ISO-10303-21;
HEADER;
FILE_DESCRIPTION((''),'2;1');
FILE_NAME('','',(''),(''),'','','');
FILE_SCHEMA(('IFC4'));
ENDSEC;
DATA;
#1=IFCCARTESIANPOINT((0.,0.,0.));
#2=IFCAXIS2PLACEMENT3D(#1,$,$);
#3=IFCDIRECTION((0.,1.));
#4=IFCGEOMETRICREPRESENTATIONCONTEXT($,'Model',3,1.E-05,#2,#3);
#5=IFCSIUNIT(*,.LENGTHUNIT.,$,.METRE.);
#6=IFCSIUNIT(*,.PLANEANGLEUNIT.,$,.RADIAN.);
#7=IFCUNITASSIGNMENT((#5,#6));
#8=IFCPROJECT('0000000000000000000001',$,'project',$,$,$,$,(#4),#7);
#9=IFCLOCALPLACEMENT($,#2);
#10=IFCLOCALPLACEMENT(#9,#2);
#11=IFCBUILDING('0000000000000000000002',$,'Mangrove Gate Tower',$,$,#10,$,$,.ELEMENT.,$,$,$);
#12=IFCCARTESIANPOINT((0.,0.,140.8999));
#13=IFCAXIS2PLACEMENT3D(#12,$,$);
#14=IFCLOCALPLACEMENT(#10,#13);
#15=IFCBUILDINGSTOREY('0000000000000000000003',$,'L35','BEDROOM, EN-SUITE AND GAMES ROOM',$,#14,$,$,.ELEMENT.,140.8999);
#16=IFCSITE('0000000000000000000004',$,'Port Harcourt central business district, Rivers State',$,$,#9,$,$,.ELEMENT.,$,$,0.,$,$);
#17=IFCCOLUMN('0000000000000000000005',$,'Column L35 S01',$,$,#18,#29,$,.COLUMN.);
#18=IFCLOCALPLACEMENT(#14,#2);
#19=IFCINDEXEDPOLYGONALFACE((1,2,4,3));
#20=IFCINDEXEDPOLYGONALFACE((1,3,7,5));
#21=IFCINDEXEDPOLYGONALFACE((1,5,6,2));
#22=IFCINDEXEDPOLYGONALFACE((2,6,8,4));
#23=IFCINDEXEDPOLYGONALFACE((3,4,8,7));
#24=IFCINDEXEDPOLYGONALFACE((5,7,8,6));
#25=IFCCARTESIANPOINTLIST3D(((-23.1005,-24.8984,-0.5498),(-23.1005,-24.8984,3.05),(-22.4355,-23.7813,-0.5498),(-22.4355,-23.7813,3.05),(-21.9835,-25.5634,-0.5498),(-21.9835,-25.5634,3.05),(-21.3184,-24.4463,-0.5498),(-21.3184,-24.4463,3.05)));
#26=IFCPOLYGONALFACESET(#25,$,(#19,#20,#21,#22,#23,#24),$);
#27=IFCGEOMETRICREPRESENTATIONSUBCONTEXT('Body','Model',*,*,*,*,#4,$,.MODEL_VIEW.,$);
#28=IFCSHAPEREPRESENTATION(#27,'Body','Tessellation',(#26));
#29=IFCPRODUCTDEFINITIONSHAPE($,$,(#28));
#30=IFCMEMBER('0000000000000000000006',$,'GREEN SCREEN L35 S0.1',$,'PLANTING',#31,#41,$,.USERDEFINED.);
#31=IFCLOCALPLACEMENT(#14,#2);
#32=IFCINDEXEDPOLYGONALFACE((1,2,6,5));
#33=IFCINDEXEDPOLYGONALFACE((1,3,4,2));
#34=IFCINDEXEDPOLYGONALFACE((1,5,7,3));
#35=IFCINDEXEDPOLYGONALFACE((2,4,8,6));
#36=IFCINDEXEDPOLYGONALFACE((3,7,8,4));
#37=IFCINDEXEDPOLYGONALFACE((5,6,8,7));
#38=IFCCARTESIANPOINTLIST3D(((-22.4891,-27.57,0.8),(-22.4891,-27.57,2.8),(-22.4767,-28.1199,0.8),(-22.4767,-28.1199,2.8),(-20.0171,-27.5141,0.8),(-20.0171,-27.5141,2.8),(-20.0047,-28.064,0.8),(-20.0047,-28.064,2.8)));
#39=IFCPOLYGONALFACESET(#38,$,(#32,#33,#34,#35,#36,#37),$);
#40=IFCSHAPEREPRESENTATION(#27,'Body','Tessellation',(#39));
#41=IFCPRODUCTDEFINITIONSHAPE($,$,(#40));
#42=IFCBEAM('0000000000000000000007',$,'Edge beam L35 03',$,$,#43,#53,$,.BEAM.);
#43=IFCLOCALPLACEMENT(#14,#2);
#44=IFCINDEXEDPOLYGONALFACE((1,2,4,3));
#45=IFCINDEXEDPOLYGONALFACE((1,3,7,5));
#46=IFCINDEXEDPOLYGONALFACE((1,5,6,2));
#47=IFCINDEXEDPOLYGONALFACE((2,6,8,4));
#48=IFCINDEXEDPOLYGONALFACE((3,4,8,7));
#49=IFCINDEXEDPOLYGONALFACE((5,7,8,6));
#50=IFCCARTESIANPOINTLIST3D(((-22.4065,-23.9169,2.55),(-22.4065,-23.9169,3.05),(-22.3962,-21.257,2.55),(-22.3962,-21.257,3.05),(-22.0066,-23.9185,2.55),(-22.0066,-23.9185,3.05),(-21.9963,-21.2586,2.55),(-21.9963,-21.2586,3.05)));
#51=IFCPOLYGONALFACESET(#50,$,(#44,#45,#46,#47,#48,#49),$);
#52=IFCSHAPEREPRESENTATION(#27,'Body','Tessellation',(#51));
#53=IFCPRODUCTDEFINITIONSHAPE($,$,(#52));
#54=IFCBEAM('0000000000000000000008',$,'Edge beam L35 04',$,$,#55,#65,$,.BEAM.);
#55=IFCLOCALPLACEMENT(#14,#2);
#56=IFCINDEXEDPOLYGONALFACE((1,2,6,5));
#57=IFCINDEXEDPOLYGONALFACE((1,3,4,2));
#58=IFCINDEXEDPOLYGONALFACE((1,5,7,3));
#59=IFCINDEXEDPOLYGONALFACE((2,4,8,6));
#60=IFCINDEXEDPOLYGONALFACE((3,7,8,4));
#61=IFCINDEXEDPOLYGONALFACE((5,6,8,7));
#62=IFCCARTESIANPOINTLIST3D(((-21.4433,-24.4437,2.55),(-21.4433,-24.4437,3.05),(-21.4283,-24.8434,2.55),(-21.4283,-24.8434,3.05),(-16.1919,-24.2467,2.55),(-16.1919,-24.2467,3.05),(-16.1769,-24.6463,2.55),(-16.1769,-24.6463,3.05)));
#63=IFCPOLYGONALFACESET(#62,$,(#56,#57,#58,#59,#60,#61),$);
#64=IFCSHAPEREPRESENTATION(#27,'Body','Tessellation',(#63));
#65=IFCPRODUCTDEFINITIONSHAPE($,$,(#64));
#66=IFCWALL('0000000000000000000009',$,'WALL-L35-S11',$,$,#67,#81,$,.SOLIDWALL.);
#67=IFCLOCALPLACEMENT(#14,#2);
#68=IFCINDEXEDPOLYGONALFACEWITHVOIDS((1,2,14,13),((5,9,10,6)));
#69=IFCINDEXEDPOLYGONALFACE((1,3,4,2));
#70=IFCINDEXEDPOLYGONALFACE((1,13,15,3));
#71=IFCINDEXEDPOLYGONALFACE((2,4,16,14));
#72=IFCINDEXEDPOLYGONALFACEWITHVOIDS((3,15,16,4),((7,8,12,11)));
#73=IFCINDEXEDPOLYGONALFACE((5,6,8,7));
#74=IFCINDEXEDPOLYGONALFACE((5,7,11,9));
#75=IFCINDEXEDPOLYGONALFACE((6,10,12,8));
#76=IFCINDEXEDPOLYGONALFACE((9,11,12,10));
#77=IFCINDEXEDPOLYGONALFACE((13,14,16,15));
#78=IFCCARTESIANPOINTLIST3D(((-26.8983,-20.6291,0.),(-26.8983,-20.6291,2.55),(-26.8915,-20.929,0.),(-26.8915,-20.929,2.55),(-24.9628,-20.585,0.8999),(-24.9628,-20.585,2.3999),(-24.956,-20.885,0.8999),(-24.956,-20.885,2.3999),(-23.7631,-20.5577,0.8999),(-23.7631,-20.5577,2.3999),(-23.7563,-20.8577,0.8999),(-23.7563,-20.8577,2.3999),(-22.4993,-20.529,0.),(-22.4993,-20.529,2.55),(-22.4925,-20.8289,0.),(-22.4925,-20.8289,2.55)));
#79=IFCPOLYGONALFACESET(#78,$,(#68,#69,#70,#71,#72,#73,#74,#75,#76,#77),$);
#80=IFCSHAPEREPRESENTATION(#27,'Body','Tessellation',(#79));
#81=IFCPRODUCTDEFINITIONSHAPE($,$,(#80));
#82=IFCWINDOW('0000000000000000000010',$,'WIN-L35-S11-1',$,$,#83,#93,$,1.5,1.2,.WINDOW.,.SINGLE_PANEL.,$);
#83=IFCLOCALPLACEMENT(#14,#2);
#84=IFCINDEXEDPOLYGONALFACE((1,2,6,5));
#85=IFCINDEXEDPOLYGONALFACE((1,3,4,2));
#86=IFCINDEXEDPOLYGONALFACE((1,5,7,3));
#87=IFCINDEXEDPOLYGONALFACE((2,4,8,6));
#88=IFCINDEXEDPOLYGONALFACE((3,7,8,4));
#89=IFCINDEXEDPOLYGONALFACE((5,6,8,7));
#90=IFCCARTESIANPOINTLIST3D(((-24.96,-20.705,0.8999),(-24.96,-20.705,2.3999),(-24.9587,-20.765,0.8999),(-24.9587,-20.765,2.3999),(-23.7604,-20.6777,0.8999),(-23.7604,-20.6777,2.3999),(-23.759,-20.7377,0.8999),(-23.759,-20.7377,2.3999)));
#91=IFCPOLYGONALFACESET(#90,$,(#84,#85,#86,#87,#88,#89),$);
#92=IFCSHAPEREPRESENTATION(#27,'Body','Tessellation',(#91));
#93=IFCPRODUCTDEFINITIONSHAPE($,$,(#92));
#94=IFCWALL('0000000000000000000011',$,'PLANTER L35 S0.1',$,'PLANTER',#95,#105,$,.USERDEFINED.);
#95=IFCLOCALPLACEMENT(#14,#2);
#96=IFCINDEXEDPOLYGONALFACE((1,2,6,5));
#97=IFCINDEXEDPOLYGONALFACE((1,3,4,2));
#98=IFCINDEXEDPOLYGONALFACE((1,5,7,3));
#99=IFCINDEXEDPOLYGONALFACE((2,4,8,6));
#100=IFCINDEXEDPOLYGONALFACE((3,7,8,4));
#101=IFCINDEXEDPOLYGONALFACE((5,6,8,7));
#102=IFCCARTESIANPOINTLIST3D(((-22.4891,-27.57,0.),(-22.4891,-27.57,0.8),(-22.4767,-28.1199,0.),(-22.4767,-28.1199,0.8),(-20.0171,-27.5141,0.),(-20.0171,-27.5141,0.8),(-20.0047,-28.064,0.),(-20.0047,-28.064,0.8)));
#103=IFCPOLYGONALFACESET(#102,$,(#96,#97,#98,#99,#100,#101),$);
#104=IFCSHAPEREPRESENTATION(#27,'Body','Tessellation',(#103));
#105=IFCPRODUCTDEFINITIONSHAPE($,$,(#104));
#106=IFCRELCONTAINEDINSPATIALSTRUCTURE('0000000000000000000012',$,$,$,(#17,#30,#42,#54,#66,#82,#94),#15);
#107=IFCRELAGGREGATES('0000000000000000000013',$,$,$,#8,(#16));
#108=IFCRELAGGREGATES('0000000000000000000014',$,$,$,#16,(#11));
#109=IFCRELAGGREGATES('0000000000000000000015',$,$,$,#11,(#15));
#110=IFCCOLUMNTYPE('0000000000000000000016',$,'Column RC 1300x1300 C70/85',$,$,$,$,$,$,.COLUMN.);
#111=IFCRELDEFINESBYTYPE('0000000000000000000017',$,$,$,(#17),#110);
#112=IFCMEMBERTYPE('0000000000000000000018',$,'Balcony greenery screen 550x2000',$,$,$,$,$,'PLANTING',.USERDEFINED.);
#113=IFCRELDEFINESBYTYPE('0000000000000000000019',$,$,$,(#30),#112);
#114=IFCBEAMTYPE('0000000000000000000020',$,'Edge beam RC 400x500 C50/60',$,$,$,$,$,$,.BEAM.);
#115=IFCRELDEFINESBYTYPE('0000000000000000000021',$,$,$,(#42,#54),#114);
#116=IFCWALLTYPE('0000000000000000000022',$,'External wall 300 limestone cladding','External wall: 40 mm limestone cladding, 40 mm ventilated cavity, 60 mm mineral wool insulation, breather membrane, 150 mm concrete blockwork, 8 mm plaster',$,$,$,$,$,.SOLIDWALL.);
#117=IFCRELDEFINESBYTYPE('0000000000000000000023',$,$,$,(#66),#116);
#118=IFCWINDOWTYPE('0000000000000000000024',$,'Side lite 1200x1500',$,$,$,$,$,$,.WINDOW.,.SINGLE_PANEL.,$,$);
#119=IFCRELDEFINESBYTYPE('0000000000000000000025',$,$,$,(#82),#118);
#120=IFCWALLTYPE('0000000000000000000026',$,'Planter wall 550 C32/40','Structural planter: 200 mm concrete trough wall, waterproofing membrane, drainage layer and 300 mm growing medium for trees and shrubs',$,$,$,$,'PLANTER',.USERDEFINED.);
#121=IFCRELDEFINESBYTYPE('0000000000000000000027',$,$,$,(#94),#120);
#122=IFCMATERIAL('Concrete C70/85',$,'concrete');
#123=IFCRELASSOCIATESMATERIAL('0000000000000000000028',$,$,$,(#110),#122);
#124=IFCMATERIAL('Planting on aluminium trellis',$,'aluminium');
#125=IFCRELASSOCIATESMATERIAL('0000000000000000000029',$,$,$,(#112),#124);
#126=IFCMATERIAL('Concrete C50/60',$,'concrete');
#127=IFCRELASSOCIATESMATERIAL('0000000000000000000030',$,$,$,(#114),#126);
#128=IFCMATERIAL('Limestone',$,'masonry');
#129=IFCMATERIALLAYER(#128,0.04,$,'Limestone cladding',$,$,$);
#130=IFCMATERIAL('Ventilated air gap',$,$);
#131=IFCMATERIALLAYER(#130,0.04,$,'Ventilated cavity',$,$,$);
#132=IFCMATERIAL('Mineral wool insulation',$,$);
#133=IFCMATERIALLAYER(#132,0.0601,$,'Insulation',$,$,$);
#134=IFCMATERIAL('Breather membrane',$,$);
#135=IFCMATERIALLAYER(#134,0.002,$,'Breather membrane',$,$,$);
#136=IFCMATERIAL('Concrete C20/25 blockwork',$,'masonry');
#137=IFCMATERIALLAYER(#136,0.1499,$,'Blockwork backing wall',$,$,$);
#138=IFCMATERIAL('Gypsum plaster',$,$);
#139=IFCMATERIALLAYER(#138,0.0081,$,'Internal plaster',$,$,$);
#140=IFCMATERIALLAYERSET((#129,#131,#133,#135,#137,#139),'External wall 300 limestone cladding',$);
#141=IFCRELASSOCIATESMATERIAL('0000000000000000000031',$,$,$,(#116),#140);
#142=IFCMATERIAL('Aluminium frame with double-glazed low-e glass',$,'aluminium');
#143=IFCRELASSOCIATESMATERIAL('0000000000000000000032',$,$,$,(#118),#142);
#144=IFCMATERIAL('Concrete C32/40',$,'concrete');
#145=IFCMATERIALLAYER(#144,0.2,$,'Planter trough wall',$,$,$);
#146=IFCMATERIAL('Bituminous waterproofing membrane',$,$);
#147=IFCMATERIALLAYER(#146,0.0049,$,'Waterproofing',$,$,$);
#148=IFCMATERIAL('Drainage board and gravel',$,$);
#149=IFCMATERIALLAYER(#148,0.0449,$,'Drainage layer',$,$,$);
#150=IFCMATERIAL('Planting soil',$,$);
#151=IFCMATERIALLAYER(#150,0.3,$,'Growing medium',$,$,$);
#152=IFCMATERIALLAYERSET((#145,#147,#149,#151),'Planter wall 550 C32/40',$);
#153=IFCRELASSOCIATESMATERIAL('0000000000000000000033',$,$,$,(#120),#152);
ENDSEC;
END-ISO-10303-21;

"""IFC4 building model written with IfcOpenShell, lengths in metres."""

from ifc_helpers import new_model, si_unit, direction, frame, frame_2d, origin, origin_2d, place, context, subcontext, project, spatial, rectangle, extrude, material, layer, layer_set, material_profile, profile_set, type_object, element, fill, save


model = new_model("IFC4")

# Units and contexts
model_context = context("Model", 3, precision=1e-05, world=origin(), true_north=direction((0.0, 1.0)))
body_context = subcontext(model_context, "Body", "Model", "MODEL_VIEW")
ifc_project = project(units=[si_unit("LENGTHUNIT", "METRE"), si_unit("PLANEANGLEUNIT", "RADIAN")], contexts=[model_context])

# Site, building, storey
site_placement = place(None, origin())
site = spatial("IfcSite", under=ifc_project, at=site_placement, Name="Port Harcourt central business district, Rivers State", CompositionType="ELEMENT", RefElevation=0.0)
building_placement = place(site_placement, origin())
building = spatial("IfcBuilding", under=site, at=building_placement, Name="Mangrove Gate Tower", CompositionType="ELEMENT")
storey_placement = place(building_placement, frame((0.0, 0.0, 140.8999)))
storey = spatial("IfcBuildingStorey", under=building, at=storey_placement, Name="L35", Description="BEDROOM, EN-SUITE AND GAMES ROOM", CompositionType="ELEMENT", Elevation=140.8999)

# Column
ifc_material_1 = material(Name="Concrete C70/85", Category="concrete")
ifc_material_profile_1 = material_profile(ifc_material_1, rectangle(XDim=1.3, YDim=1.3, at=origin_2d()))
ifc_profile_set_1 = profile_set([ifc_material_profile_1], Name="Concrete C70/85")
column_type = type_object("IfcColumnType", Name="Column RC 1300x1300 C70/85", PredefinedType="COLUMN", material=ifc_profile_set_1)
column_placement = place(storey_placement, frame((-22.2095, -24.6724, -0.5498), z_axis=(0.0, 0.0, 1.0), x_axis=(0.859255, -0.511547, 0.0)))
element("IfcColumn", 1, at=column_placement, inside=storey, type_object=column_type, Name="Column L35 S01", PredefinedType="COLUMN", context=body_context, shape_type="SweptSolid", body=[
    extrude(rectangle(XDim=1.3, YDim=1.3, at=origin_2d()), origin(), (0.0, 0.0, 1.0), 3.5999),
])

# Member
ifc_material_2 = material(Name="Planting on aluminium trellis", Category="aluminium")
ifc_material_profile_2 = material_profile(ifc_material_2, rectangle(XDim=0.55, YDim=2.0, at=origin_2d()))
ifc_profile_set_2 = profile_set([ifc_material_profile_2], Name="Planting on aluminium trellis")
member_type = type_object("IfcMemberType", Name="Balcony greenery screen 550x2000", ElementType="PLANTING", PredefinedType="USERDEFINED", material=ifc_profile_set_2)
member_placement = place(storey_placement, frame((-22.4829, -27.845, 1.8), z_axis=(0.999744, 0.022612, 0.0), x_axis=(-0.022612, 0.999744, 0.0)))
element("IfcMember", 2, at=member_placement, inside=storey, type_object=member_type, Name="GREEN SCREEN L35 S0.1", ObjectType="PLANTING", PredefinedType="USERDEFINED", context=body_context, shape_type="SweptSolid", body=[
    extrude(rectangle(XDim=0.55, YDim=2.0, at=origin_2d()), origin(), (0.0, 0.0, 1.0), 2.4727),
])

# Beams
ifc_material_3 = material(Name="Concrete C50/60", Category="concrete")
ifc_material_profile_3 = material_profile(ifc_material_3, rectangle(XDim=0.3999, YDim=0.5, at=origin_2d()))
ifc_profile_set_3 = profile_set([ifc_material_profile_3], Name="Concrete C50/60")
beam_type = type_object("IfcBeamType", Name="Edge beam RC 400x500 C50/60", PredefinedType="BEAM", material=ifc_profile_set_3)
beam_1_placement = place(storey_placement, frame((-22.1963, -21.2578, 2.8), z_axis=(-0.003855, -0.999993, 0.0), x_axis=(0.999993, -0.003855, 0.0)))
element("IfcBeam", 3, at=beam_1_placement, inside=storey, type_object=beam_type, Name="Edge beam L35 03", PredefinedType="BEAM", context=body_context, shape_type="SweptSolid", body=[
    extrude(rectangle(XDim=0.3999, YDim=0.5, at=origin_2d()), origin(), (0.0, 0.0, 1.0), 2.6599),
])
beam_2_placement = place(storey_placement, frame((-21.4358, -24.6436, 2.8), z_axis=(0.999297, 0.037491, 0.0), x_axis=(-0.037491, 0.999297, 0.0)))
element("IfcBeam", 4, at=beam_2_placement, inside=storey, type_object=beam_type, Name="Edge beam L35 04", PredefinedType="BEAM", context=body_context, shape_type="SweptSolid", body=[
    extrude(rectangle(XDim=0.3999, YDim=0.5, at=origin_2d()), origin(), (0.0, 0.0, 1.0), 5.2551),
])

# Wall, opening, window
ifc_material_4 = material(Name="Limestone", Category="masonry")
ifc_layer_1 = layer(ifc_material_4, 0.04, Name="Limestone cladding")
ifc_material_5 = material(Name="Ventilated air gap")
ifc_layer_2 = layer(ifc_material_5, 0.04, Name="Ventilated cavity")
ifc_material_6 = material(Name="Mineral wool insulation")
ifc_layer_3 = layer(ifc_material_6, 0.0601, Name="Insulation")
ifc_material_7 = material(Name="Breather membrane")
ifc_layer_4 = layer(ifc_material_7, 0.002, Name="Breather membrane")
ifc_material_8 = material(Name="Concrete C20/25 blockwork", Category="masonry")
ifc_layer_5 = layer(ifc_material_8, 0.1499, Name="Blockwork backing wall")
ifc_material_9 = material(Name="Gypsum plaster")
ifc_layer_6 = layer(ifc_material_9, 0.0081, Name="Internal plaster")
ifc_layer_set_1 = layer_set([ifc_layer_1, ifc_layer_2, ifc_layer_3, ifc_layer_4, ifc_layer_5, ifc_layer_6], Name="External wall 300 limestone cladding")
wall_type_1 = type_object("IfcWallType", Name="External wall 300 limestone cladding", Description="External wall: 40 mm limestone cladding, 40 mm ventilated cavity, 60 mm mineral wool insulation, breather membrane, 150 mm concrete blockwork, 8 mm plaster", PredefinedType="SOLIDWALL", material=ifc_layer_set_1)
wall_1_placement = place(storey_placement, frame((-26.895, -20.7791, 0.0), z_axis=(0.0, 0.0, 1.0), x_axis=(0.999741, 0.022749, 0.0)))
wall_1 = element("IfcWall", 5, at=wall_1_placement, inside=storey, type_object=wall_type_1, Name="WALL-L35-S11", PredefinedType="SOLIDWALL", context=body_context, shape_type="SweptSolid", body=[
    extrude(rectangle(XDim=4.4001, YDim=0.3, at=frame_2d((2.2002, 0.0))), origin(), (0.0, 0.0, 1.0), 2.55),
])
opening_1_placement = place(wall_1_placement, frame((1.936, 0.0, 0.8999)))
opening_1 = element("IfcOpeningElement", 6, at=opening_1_placement, cuts=wall_1, PredefinedType="OPENING", context=body_context, shape_type="SweptSolid", body=[
    extrude(rectangle(XDim=1.2, YDim=1.5, at=frame_2d((0.6001, 0.75))), frame((0.0, 0.1599, 0.0), z_axis=(0.0, -1.0, 0.0), x_axis=(1.0, 0.0, 0.0)), (0.0, 0.0, 1.0), 0.3201),
])
ifc_material_10 = material(Name="Aluminium frame with double-glazed low-e glass", Category="aluminium")
window_type_1 = type_object("IfcWindowType", Name="Side lite 1200x1500", PartitioningType="SINGLE_PANEL", PredefinedType="WINDOW", material=ifc_material_10)
window_1_placement = place(opening_1_placement, origin())
window_1 = element("IfcWindow", 7, at=window_1_placement, inside=storey, type_object=window_type_1, Name="WIN-L35-S11-1", OverallHeight=1.5, OverallWidth=1.2, PartitioningType="SINGLE_PANEL", PredefinedType="WINDOW", context=body_context, shape_type="SweptSolid", body=[
    extrude(rectangle(XDim=1.2, YDim=1.5, at=frame_2d((0.6001, 0.75))), frame((0.0, 0.03, 0.0), z_axis=(0.0, -1.0, 0.0), x_axis=(1.0, 0.0, 0.0)), (0.0, 0.0, 1.0), 0.0601),
])
fill(opening_1, window_1)

# Wall
ifc_material_11 = material(Name="Concrete C32/40", Category="concrete")
ifc_layer_7 = layer(ifc_material_11, 0.2, Name="Planter trough wall")
ifc_material_12 = material(Name="Bituminous waterproofing membrane")
ifc_layer_8 = layer(ifc_material_12, 0.0049, Name="Waterproofing")
ifc_material_13 = material(Name="Drainage board and gravel")
ifc_layer_9 = layer(ifc_material_13, 0.0449, Name="Drainage layer")
ifc_material_14 = material(Name="Planting soil")
ifc_layer_10 = layer(ifc_material_14, 0.3, Name="Growing medium")
ifc_layer_set_2 = layer_set([ifc_layer_7, ifc_layer_8, ifc_layer_9, ifc_layer_10], Name="Planter wall 550 C32/40")
wall_type_2 = type_object("IfcWallType", Name="Planter wall 550 C32/40", Description="Structural planter: 200 mm concrete trough wall, waterproofing membrane, drainage layer and 300 mm growing medium for trees and shrubs", ElementType="PLANTER", PredefinedType="USERDEFINED", material=ifc_layer_set_2)
wall_2_placement = place(storey_placement, frame((-22.4829, -27.845, 0.0), z_axis=(0.0, 0.0, 1.0), x_axis=(0.999744, 0.022612, 0.0)))
element("IfcWall", 8, at=wall_2_placement, inside=storey, type_object=wall_type_2, Name="PLANTER L35 S0.1", ObjectType="PLANTER", PredefinedType="USERDEFINED", context=body_context, shape_type="SweptSolid", body=[
    extrude(rectangle(XDim=2.4727, YDim=0.55, at=frame_2d((1.2363, 0.0))), origin(), (0.0, 0.0, 1.0), 0.8),
])

save(model, "model.ifc")
